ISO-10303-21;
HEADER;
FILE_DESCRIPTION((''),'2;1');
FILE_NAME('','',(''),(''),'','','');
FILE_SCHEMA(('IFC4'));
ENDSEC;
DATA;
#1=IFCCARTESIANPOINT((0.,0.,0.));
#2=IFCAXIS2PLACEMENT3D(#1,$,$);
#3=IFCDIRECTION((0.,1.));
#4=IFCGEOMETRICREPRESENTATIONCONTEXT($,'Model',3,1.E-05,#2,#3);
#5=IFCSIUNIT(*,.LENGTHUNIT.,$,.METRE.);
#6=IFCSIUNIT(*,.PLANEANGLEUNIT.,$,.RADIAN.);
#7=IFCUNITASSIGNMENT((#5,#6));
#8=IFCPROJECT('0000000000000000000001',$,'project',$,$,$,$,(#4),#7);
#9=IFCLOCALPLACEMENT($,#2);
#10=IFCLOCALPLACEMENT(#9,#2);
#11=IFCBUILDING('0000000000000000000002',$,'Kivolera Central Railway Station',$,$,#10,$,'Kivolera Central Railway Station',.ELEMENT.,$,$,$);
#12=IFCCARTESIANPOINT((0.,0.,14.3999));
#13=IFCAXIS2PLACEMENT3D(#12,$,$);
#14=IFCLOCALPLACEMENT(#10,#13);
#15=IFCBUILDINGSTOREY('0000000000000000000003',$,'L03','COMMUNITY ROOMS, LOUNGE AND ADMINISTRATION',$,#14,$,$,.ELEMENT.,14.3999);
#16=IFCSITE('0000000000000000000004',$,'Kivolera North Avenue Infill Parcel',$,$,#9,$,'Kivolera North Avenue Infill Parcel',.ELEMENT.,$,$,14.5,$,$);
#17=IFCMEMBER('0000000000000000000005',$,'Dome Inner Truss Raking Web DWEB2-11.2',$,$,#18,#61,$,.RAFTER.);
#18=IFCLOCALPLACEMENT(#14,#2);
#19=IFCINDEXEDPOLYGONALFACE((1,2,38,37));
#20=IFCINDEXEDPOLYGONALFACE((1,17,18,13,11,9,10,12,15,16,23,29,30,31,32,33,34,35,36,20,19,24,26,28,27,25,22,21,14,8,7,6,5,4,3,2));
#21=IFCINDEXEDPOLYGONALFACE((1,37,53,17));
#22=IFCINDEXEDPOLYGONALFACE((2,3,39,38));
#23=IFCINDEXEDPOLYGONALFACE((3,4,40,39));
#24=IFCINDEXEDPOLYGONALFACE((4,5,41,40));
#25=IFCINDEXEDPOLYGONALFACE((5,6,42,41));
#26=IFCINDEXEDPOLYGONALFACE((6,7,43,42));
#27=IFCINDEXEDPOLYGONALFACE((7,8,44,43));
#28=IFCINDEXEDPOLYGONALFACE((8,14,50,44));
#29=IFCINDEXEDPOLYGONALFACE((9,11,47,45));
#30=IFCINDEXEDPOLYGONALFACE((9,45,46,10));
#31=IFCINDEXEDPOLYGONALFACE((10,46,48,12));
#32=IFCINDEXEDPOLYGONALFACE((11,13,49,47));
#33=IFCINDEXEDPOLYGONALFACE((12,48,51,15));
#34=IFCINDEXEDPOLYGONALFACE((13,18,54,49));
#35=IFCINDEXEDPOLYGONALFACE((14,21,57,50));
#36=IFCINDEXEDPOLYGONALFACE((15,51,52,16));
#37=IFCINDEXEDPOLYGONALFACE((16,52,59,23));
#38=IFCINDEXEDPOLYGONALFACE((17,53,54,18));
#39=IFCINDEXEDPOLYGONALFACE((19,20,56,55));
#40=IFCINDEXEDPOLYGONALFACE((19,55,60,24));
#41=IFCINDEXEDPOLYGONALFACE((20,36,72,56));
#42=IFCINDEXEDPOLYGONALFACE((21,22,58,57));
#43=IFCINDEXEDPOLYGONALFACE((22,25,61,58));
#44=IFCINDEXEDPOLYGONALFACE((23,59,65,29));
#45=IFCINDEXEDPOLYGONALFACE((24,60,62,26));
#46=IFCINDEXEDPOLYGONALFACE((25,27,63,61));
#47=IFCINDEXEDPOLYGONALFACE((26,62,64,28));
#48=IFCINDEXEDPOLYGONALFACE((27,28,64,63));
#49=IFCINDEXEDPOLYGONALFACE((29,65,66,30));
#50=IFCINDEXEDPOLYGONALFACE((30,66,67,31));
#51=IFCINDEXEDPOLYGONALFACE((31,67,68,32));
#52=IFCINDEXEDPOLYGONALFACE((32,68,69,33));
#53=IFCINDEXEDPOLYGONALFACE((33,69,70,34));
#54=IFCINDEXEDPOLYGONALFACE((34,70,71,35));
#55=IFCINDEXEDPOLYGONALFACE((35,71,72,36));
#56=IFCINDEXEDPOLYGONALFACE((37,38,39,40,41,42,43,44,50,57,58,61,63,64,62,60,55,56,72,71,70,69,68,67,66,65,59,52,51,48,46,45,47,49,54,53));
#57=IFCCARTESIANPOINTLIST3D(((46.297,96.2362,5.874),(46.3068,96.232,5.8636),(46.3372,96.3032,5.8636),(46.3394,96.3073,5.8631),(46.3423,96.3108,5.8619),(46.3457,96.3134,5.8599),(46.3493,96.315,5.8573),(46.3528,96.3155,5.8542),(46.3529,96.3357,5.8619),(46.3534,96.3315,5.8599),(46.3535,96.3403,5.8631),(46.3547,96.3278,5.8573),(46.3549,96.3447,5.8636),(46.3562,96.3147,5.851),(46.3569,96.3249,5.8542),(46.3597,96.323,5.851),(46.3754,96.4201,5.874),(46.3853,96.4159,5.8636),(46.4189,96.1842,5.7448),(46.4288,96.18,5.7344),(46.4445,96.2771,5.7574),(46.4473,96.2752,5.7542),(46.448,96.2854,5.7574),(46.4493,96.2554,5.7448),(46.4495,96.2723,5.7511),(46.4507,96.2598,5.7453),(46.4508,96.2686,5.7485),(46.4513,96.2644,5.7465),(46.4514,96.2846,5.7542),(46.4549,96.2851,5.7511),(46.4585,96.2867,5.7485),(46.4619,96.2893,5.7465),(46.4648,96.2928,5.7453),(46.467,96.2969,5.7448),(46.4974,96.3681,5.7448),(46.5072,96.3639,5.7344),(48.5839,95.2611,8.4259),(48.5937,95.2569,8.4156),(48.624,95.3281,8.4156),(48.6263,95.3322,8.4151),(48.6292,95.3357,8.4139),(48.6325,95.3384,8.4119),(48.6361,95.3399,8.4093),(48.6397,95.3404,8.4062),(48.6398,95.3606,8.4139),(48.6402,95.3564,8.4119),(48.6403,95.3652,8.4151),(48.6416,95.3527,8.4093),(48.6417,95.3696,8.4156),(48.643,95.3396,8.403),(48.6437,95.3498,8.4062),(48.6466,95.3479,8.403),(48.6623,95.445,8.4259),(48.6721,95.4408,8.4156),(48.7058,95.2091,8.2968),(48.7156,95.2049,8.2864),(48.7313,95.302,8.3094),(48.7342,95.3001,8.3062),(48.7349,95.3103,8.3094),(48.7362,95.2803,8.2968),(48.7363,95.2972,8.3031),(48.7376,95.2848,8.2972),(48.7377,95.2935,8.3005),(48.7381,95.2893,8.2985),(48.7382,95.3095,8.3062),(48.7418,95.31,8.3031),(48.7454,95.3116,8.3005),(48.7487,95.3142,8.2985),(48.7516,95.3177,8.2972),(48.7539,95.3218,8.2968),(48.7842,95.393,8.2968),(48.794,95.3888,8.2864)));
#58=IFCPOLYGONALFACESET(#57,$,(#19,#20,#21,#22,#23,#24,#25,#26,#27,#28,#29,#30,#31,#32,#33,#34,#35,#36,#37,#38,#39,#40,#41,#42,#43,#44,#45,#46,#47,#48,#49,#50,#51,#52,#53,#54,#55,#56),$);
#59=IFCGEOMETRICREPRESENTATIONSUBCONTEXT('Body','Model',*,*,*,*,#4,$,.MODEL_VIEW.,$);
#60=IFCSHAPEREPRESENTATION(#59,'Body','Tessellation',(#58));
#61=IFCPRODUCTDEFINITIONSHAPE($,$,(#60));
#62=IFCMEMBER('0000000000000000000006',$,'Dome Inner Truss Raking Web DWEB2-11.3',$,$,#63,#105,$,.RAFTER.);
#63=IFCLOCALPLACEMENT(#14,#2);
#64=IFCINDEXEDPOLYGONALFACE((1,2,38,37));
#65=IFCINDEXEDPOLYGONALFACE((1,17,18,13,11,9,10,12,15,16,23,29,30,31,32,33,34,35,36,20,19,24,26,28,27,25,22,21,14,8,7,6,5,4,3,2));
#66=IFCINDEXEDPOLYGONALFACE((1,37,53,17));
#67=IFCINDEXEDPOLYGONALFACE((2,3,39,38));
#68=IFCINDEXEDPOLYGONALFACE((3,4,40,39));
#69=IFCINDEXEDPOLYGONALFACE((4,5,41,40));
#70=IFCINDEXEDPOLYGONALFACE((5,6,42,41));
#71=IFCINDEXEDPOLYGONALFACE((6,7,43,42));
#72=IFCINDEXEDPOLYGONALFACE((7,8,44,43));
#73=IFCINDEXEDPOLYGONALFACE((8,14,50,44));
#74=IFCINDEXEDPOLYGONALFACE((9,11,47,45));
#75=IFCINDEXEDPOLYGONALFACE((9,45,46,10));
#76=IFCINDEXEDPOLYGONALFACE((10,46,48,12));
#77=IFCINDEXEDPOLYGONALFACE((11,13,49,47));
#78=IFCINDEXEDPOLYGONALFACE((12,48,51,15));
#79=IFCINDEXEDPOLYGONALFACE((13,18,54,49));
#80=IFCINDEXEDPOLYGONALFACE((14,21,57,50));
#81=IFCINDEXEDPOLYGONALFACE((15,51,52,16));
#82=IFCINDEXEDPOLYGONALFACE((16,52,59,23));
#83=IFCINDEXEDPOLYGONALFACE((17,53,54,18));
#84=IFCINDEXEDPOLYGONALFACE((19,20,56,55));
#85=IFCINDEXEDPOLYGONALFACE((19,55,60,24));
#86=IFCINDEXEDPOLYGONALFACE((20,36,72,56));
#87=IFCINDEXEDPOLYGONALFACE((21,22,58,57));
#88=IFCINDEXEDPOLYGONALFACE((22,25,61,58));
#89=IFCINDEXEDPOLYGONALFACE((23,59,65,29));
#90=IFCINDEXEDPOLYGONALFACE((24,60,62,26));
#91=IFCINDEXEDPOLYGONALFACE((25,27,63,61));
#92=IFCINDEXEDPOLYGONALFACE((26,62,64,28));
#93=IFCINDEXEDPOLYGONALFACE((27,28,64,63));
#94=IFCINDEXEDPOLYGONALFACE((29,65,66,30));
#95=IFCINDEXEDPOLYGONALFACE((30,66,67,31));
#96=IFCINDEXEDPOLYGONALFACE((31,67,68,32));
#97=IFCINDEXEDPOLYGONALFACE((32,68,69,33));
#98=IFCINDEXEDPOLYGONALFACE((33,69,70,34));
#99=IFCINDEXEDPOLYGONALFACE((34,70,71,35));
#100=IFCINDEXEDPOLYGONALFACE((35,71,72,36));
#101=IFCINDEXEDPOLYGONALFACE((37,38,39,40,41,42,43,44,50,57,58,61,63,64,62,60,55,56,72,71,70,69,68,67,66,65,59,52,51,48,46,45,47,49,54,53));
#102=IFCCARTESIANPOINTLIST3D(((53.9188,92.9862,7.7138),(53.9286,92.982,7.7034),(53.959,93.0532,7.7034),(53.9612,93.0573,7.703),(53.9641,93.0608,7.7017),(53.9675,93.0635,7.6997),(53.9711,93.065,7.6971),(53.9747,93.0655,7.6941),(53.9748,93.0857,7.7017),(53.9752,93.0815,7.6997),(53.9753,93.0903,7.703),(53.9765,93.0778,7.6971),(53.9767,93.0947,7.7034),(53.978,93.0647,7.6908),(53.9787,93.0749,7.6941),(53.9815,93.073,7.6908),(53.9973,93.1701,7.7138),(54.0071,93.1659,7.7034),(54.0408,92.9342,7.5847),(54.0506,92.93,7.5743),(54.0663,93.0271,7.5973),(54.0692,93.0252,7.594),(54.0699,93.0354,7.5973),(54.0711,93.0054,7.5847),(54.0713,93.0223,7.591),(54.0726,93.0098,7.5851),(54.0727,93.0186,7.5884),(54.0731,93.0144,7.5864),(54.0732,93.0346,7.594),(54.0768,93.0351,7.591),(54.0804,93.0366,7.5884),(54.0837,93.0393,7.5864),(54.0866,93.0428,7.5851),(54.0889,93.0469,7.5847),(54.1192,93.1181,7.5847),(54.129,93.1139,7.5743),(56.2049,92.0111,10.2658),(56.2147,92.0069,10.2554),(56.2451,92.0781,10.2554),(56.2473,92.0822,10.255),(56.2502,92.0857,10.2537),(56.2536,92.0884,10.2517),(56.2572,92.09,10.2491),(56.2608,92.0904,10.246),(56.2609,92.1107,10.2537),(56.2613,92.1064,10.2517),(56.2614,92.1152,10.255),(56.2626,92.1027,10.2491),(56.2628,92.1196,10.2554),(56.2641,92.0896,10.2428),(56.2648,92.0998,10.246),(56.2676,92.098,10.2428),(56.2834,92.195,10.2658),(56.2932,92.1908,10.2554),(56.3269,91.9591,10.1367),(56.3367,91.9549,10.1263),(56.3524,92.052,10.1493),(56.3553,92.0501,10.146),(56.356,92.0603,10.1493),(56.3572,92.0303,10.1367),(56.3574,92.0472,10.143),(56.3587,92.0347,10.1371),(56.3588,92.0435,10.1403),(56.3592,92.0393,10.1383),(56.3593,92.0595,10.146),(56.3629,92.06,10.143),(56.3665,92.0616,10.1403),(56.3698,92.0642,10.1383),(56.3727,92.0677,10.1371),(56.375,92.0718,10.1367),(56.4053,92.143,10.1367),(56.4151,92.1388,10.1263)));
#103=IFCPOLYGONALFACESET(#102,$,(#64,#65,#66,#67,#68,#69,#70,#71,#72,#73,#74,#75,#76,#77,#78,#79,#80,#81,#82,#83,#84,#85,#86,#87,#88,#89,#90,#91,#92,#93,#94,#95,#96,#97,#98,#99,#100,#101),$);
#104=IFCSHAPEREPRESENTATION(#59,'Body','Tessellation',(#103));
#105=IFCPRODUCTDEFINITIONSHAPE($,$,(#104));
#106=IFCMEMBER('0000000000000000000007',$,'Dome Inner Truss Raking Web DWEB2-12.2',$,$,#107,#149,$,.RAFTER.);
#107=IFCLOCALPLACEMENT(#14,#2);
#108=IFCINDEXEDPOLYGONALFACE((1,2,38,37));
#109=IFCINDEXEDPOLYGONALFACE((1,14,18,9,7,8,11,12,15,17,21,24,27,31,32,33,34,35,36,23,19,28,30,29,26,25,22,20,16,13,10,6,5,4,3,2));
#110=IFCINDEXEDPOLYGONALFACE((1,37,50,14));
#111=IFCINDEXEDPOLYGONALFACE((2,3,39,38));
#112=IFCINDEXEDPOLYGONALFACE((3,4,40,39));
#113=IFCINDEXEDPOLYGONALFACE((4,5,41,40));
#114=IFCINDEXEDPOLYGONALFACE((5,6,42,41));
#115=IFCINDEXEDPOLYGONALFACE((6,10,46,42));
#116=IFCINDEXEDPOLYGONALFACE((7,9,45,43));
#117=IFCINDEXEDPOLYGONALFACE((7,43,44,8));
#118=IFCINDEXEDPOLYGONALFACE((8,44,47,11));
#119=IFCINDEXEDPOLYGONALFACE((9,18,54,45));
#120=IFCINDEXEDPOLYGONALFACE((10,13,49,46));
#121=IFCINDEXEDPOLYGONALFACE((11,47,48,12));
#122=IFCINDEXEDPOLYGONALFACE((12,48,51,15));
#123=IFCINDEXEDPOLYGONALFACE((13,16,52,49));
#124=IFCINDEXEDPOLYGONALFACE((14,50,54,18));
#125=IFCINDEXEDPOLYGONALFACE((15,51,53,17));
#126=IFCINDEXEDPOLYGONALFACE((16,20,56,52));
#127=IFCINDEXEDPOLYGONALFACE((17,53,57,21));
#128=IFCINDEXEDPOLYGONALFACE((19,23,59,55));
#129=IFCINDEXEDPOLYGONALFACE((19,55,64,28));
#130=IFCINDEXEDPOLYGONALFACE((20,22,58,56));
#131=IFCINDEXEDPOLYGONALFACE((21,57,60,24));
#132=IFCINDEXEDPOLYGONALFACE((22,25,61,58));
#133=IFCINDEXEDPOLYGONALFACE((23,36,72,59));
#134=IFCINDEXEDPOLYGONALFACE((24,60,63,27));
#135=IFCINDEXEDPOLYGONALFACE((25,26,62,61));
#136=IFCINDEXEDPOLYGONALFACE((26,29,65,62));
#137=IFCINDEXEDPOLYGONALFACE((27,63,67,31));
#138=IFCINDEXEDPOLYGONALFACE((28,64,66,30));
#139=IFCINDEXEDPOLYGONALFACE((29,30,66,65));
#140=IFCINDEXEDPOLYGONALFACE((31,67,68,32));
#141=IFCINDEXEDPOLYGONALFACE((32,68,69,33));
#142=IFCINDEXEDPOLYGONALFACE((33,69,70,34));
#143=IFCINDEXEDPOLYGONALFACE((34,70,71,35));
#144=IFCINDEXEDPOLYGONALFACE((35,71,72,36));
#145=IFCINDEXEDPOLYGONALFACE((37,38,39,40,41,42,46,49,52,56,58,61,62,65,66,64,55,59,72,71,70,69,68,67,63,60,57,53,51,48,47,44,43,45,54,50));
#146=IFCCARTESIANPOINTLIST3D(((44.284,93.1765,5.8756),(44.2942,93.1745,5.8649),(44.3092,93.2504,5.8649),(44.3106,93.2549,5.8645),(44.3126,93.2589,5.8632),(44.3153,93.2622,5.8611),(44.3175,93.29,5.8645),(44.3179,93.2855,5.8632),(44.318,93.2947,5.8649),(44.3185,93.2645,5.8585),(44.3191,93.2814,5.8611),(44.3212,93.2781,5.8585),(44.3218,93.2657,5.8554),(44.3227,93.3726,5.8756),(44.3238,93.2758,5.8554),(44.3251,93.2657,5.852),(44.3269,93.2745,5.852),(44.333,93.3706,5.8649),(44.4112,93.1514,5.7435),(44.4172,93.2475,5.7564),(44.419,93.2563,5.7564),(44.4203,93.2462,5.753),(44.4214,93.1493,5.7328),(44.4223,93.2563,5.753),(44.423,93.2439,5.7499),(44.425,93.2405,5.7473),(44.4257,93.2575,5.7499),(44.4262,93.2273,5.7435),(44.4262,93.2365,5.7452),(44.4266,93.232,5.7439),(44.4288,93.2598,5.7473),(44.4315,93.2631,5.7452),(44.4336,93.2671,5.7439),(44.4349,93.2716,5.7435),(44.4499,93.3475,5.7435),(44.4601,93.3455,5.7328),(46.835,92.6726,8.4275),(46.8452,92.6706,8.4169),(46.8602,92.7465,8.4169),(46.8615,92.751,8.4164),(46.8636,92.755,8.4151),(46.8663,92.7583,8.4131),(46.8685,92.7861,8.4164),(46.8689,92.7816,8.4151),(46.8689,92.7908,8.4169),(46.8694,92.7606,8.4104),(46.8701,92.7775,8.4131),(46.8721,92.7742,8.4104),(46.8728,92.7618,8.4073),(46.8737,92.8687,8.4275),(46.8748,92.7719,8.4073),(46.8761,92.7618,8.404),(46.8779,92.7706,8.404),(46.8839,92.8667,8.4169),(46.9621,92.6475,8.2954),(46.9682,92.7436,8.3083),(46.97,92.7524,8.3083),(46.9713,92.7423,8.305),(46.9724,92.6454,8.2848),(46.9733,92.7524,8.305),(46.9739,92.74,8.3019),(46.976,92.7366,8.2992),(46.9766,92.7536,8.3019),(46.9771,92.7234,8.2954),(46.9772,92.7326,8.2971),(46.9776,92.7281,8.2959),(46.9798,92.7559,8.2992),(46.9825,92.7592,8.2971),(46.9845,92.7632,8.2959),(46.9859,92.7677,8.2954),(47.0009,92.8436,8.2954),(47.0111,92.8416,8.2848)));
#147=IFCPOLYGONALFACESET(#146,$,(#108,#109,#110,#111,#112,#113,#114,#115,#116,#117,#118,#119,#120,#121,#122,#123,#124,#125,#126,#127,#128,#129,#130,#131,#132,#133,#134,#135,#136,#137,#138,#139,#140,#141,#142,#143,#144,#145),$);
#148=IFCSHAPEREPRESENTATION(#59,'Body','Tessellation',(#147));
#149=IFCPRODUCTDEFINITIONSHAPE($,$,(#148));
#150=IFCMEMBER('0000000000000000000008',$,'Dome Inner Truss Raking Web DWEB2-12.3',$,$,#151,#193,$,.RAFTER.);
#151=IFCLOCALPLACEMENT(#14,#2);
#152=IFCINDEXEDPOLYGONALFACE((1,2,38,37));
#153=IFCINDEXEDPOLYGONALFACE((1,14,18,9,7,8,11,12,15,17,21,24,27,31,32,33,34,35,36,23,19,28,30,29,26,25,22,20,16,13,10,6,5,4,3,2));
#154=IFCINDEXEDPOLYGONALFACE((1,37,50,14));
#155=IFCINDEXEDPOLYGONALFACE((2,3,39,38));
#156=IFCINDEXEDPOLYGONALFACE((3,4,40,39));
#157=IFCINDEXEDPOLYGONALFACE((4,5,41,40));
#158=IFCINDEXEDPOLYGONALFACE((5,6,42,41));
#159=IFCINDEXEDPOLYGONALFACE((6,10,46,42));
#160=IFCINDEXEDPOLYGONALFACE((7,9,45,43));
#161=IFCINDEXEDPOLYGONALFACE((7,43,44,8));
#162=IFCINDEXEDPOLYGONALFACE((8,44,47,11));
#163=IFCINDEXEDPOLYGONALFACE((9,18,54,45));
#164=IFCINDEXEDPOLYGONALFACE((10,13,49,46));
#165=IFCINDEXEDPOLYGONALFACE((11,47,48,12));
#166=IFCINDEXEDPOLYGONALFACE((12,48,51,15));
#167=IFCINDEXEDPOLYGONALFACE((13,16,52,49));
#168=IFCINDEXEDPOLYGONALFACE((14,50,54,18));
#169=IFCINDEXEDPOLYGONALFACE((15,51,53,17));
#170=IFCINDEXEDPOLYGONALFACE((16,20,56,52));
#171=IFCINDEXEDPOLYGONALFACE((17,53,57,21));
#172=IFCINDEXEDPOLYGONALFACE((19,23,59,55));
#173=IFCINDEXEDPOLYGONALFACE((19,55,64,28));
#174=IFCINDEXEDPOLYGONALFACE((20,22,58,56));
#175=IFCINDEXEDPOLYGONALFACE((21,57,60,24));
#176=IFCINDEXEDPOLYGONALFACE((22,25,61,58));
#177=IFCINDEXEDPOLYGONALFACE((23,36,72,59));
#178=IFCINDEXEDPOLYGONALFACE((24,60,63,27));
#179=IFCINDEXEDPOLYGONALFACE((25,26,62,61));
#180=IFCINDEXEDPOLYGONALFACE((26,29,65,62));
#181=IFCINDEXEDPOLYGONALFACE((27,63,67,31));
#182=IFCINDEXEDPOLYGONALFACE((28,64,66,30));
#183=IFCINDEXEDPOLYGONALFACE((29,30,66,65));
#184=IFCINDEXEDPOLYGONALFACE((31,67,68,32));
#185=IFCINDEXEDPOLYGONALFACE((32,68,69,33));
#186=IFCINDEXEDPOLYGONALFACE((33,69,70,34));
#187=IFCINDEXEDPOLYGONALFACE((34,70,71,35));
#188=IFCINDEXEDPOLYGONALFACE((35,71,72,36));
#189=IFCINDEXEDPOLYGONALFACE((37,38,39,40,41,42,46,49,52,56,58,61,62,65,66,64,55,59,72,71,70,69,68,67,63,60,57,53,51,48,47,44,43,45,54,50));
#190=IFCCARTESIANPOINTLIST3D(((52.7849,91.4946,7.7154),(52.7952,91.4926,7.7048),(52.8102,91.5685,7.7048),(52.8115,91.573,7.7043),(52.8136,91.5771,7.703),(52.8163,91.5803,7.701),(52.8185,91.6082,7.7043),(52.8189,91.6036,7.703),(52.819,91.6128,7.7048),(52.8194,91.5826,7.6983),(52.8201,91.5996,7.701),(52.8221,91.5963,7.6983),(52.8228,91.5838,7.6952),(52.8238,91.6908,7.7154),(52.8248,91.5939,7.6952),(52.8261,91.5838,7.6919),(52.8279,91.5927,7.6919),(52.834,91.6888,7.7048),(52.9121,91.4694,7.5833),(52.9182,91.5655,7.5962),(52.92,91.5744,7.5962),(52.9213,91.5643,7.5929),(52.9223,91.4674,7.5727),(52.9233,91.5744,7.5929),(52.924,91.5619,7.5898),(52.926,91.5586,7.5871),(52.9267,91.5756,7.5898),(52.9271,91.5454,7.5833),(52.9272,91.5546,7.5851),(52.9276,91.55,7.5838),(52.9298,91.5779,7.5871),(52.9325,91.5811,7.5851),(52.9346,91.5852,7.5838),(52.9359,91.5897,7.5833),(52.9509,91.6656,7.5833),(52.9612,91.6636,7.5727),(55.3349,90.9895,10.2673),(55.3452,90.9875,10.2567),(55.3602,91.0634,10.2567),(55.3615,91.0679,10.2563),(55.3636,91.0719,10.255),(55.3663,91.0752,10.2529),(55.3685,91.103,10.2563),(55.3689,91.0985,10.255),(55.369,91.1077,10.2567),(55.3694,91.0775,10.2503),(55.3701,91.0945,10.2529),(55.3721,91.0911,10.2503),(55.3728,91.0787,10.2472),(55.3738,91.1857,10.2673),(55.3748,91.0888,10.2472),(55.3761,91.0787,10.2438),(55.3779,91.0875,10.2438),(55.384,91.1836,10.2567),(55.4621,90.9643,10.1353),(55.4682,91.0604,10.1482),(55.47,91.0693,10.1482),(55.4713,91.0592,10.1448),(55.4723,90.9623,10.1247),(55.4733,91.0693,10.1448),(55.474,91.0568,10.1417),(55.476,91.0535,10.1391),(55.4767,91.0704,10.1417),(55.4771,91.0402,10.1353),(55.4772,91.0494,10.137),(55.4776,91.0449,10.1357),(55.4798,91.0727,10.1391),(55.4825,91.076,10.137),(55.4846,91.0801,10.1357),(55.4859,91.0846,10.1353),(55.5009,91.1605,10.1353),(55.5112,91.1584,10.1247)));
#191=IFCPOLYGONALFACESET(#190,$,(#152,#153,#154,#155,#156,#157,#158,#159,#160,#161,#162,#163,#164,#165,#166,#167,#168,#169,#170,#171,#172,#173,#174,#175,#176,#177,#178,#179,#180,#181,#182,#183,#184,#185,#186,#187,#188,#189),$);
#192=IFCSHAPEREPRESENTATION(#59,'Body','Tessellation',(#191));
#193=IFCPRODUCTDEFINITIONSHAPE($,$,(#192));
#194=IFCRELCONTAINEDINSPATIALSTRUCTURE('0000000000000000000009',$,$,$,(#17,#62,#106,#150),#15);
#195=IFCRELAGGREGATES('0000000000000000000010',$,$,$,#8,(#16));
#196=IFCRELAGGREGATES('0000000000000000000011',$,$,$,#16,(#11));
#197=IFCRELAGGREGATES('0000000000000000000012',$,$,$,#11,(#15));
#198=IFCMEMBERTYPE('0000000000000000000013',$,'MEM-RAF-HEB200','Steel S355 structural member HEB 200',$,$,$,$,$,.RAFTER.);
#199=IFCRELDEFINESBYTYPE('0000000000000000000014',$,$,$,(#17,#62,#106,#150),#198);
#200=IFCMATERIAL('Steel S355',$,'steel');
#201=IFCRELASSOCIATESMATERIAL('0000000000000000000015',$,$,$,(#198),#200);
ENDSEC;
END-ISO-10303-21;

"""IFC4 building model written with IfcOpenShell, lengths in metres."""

from ifc_helpers import new_model, si_unit, direction, frame, origin, origin_2d, place, context, subcontext, project, spatial, i_section, extrude, material, material_profile, profile_set, type_object, element, save


model = new_model("IFC4")

# Units and contexts
model_context = context("Model", 3, precision=1e-05, world=origin(), true_north=direction((0.0, 1.0)))
body_context = subcontext(model_context, "Body", "Model", "MODEL_VIEW")
ifc_project = project(units=[si_unit("LENGTHUNIT", "METRE"), si_unit("PLANEANGLEUNIT", "RADIAN")], contexts=[model_context])

# Site, building, storey
site_placement = place(None, origin())
site = spatial("IfcSite", under=ifc_project, at=site_placement, Name="Kivolera North Avenue Infill Parcel", LongName="Kivolera North Avenue Infill Parcel", CompositionType="ELEMENT", RefElevation=14.5)
building_placement = place(site_placement, origin())
building = spatial("IfcBuilding", under=site, at=building_placement, Name="Kivolera Central Railway Station", LongName="Kivolera Central Railway Station", CompositionType="ELEMENT")
storey_placement = place(building_placement, frame((0.0, 0.0, 14.3999)))
storey = spatial("IfcBuildingStorey", under=building, at=storey_placement, Name="L03", Description="COMMUNITY ROOMS, LOUNGE AND ADMINISTRATION", CompositionType="ELEMENT", Elevation=14.3999)

# Shared definitions
ifc_material_1 = material(Name="Steel S355", Category="steel")

# Members
ifc_material_profile_1 = material_profile(ifc_material_1, i_section(OverallWidth=0.2, OverallDepth=0.2, WebThickness=0.009, FlangeThickness=0.0149, FilletRadius=0.0181, at=origin_2d()), Name="HEB 200")
ifc_profile_set_1 = profile_set([ifc_material_profile_1], Name="Steel S355")
member_type_1 = type_object("IfcMemberType", Name="MEM-RAF-HEB200", Description="Steel S355 structural member HEB 200", PredefinedType="RAFTER", material=ifc_profile_set_1)
member_1_placement = place(storey_placement, frame((46.4021, 96.3, 5.8042), z_axis=(0.64188, -0.273691, 0.716298), x_axis=(0.392224, 0.91987, 0.0)))
element("IfcMember", 1, at=member_1_placement, inside=storey, type_object=member_type_1, Name="Dome Inner Truss Raking Web DWEB2-11.2", PredefinedType="RAFTER", context=body_context, shape_type="SweptSolid", body=[
    extrude(i_section(OverallWidth=0.2, OverallDepth=0.2, WebThickness=0.009, FlangeThickness=0.0149, FilletRadius=0.0181, at=origin_2d()), origin(), (0.0, 0.0, 1.0), 3.5627),
])
member_2_placement = place(storey_placement, frame((54.0239, 93.05, 7.644), z_axis=(0.641759, -0.273728, 0.716393), x_axis=(0.39233, 0.919824, 0.0)))
element("IfcMember", 2, at=member_2_placement, inside=storey, type_object=member_type_1, Name="Dome Inner Truss Raking Web DWEB2-11.3", PredefinedType="RAFTER", context=body_context, shape_type="SweptSolid", body=[
    extrude(i_section(OverallWidth=0.2, OverallDepth=0.2, WebThickness=0.009, FlangeThickness=0.0149, FilletRadius=0.0181, at=origin_2d()), origin(), (0.0, 0.0, 1.0), 3.5623),
])
member_3_placement = place(storey_placement, frame((44.3721, 93.261, 5.8042), z_axis=(0.700177, -0.138307, 0.700445), x_axis=(0.193786, 0.981044, 0.0)))
element("IfcMember", 3, at=member_3_placement, inside=storey, type_object=member_type_1, Name="Dome Inner Truss Raking Web DWEB2-12.2", PredefinedType="RAFTER", context=body_context, shape_type="SweptSolid", body=[
    extrude(i_section(OverallWidth=0.2, OverallDepth=0.2, WebThickness=0.009, FlangeThickness=0.0149, FilletRadius=0.0181, at=origin_2d()), origin(), (0.0, 0.0, 1.0), 3.6433),
])
member_4_placement = place(storey_placement, frame((52.873, 91.5791, 7.644), z_axis=(0.700008, -0.138661, 0.700544), x_axis=(0.19431, 0.98094, 0.0)))
element("IfcMember", 4, at=member_4_placement, inside=storey, type_object=member_type_1, Name="Dome Inner Truss Raking Web DWEB2-12.3", PredefinedType="RAFTER", context=body_context, shape_type="SweptSolid", body=[
    extrude(i_section(OverallWidth=0.2, OverallDepth=0.2, WebThickness=0.009, FlangeThickness=0.0149, FilletRadius=0.0181, at=origin_2d()), origin(), (0.0, 0.0, 1.0), 3.6428),
])

save(model, "model.ifc")
